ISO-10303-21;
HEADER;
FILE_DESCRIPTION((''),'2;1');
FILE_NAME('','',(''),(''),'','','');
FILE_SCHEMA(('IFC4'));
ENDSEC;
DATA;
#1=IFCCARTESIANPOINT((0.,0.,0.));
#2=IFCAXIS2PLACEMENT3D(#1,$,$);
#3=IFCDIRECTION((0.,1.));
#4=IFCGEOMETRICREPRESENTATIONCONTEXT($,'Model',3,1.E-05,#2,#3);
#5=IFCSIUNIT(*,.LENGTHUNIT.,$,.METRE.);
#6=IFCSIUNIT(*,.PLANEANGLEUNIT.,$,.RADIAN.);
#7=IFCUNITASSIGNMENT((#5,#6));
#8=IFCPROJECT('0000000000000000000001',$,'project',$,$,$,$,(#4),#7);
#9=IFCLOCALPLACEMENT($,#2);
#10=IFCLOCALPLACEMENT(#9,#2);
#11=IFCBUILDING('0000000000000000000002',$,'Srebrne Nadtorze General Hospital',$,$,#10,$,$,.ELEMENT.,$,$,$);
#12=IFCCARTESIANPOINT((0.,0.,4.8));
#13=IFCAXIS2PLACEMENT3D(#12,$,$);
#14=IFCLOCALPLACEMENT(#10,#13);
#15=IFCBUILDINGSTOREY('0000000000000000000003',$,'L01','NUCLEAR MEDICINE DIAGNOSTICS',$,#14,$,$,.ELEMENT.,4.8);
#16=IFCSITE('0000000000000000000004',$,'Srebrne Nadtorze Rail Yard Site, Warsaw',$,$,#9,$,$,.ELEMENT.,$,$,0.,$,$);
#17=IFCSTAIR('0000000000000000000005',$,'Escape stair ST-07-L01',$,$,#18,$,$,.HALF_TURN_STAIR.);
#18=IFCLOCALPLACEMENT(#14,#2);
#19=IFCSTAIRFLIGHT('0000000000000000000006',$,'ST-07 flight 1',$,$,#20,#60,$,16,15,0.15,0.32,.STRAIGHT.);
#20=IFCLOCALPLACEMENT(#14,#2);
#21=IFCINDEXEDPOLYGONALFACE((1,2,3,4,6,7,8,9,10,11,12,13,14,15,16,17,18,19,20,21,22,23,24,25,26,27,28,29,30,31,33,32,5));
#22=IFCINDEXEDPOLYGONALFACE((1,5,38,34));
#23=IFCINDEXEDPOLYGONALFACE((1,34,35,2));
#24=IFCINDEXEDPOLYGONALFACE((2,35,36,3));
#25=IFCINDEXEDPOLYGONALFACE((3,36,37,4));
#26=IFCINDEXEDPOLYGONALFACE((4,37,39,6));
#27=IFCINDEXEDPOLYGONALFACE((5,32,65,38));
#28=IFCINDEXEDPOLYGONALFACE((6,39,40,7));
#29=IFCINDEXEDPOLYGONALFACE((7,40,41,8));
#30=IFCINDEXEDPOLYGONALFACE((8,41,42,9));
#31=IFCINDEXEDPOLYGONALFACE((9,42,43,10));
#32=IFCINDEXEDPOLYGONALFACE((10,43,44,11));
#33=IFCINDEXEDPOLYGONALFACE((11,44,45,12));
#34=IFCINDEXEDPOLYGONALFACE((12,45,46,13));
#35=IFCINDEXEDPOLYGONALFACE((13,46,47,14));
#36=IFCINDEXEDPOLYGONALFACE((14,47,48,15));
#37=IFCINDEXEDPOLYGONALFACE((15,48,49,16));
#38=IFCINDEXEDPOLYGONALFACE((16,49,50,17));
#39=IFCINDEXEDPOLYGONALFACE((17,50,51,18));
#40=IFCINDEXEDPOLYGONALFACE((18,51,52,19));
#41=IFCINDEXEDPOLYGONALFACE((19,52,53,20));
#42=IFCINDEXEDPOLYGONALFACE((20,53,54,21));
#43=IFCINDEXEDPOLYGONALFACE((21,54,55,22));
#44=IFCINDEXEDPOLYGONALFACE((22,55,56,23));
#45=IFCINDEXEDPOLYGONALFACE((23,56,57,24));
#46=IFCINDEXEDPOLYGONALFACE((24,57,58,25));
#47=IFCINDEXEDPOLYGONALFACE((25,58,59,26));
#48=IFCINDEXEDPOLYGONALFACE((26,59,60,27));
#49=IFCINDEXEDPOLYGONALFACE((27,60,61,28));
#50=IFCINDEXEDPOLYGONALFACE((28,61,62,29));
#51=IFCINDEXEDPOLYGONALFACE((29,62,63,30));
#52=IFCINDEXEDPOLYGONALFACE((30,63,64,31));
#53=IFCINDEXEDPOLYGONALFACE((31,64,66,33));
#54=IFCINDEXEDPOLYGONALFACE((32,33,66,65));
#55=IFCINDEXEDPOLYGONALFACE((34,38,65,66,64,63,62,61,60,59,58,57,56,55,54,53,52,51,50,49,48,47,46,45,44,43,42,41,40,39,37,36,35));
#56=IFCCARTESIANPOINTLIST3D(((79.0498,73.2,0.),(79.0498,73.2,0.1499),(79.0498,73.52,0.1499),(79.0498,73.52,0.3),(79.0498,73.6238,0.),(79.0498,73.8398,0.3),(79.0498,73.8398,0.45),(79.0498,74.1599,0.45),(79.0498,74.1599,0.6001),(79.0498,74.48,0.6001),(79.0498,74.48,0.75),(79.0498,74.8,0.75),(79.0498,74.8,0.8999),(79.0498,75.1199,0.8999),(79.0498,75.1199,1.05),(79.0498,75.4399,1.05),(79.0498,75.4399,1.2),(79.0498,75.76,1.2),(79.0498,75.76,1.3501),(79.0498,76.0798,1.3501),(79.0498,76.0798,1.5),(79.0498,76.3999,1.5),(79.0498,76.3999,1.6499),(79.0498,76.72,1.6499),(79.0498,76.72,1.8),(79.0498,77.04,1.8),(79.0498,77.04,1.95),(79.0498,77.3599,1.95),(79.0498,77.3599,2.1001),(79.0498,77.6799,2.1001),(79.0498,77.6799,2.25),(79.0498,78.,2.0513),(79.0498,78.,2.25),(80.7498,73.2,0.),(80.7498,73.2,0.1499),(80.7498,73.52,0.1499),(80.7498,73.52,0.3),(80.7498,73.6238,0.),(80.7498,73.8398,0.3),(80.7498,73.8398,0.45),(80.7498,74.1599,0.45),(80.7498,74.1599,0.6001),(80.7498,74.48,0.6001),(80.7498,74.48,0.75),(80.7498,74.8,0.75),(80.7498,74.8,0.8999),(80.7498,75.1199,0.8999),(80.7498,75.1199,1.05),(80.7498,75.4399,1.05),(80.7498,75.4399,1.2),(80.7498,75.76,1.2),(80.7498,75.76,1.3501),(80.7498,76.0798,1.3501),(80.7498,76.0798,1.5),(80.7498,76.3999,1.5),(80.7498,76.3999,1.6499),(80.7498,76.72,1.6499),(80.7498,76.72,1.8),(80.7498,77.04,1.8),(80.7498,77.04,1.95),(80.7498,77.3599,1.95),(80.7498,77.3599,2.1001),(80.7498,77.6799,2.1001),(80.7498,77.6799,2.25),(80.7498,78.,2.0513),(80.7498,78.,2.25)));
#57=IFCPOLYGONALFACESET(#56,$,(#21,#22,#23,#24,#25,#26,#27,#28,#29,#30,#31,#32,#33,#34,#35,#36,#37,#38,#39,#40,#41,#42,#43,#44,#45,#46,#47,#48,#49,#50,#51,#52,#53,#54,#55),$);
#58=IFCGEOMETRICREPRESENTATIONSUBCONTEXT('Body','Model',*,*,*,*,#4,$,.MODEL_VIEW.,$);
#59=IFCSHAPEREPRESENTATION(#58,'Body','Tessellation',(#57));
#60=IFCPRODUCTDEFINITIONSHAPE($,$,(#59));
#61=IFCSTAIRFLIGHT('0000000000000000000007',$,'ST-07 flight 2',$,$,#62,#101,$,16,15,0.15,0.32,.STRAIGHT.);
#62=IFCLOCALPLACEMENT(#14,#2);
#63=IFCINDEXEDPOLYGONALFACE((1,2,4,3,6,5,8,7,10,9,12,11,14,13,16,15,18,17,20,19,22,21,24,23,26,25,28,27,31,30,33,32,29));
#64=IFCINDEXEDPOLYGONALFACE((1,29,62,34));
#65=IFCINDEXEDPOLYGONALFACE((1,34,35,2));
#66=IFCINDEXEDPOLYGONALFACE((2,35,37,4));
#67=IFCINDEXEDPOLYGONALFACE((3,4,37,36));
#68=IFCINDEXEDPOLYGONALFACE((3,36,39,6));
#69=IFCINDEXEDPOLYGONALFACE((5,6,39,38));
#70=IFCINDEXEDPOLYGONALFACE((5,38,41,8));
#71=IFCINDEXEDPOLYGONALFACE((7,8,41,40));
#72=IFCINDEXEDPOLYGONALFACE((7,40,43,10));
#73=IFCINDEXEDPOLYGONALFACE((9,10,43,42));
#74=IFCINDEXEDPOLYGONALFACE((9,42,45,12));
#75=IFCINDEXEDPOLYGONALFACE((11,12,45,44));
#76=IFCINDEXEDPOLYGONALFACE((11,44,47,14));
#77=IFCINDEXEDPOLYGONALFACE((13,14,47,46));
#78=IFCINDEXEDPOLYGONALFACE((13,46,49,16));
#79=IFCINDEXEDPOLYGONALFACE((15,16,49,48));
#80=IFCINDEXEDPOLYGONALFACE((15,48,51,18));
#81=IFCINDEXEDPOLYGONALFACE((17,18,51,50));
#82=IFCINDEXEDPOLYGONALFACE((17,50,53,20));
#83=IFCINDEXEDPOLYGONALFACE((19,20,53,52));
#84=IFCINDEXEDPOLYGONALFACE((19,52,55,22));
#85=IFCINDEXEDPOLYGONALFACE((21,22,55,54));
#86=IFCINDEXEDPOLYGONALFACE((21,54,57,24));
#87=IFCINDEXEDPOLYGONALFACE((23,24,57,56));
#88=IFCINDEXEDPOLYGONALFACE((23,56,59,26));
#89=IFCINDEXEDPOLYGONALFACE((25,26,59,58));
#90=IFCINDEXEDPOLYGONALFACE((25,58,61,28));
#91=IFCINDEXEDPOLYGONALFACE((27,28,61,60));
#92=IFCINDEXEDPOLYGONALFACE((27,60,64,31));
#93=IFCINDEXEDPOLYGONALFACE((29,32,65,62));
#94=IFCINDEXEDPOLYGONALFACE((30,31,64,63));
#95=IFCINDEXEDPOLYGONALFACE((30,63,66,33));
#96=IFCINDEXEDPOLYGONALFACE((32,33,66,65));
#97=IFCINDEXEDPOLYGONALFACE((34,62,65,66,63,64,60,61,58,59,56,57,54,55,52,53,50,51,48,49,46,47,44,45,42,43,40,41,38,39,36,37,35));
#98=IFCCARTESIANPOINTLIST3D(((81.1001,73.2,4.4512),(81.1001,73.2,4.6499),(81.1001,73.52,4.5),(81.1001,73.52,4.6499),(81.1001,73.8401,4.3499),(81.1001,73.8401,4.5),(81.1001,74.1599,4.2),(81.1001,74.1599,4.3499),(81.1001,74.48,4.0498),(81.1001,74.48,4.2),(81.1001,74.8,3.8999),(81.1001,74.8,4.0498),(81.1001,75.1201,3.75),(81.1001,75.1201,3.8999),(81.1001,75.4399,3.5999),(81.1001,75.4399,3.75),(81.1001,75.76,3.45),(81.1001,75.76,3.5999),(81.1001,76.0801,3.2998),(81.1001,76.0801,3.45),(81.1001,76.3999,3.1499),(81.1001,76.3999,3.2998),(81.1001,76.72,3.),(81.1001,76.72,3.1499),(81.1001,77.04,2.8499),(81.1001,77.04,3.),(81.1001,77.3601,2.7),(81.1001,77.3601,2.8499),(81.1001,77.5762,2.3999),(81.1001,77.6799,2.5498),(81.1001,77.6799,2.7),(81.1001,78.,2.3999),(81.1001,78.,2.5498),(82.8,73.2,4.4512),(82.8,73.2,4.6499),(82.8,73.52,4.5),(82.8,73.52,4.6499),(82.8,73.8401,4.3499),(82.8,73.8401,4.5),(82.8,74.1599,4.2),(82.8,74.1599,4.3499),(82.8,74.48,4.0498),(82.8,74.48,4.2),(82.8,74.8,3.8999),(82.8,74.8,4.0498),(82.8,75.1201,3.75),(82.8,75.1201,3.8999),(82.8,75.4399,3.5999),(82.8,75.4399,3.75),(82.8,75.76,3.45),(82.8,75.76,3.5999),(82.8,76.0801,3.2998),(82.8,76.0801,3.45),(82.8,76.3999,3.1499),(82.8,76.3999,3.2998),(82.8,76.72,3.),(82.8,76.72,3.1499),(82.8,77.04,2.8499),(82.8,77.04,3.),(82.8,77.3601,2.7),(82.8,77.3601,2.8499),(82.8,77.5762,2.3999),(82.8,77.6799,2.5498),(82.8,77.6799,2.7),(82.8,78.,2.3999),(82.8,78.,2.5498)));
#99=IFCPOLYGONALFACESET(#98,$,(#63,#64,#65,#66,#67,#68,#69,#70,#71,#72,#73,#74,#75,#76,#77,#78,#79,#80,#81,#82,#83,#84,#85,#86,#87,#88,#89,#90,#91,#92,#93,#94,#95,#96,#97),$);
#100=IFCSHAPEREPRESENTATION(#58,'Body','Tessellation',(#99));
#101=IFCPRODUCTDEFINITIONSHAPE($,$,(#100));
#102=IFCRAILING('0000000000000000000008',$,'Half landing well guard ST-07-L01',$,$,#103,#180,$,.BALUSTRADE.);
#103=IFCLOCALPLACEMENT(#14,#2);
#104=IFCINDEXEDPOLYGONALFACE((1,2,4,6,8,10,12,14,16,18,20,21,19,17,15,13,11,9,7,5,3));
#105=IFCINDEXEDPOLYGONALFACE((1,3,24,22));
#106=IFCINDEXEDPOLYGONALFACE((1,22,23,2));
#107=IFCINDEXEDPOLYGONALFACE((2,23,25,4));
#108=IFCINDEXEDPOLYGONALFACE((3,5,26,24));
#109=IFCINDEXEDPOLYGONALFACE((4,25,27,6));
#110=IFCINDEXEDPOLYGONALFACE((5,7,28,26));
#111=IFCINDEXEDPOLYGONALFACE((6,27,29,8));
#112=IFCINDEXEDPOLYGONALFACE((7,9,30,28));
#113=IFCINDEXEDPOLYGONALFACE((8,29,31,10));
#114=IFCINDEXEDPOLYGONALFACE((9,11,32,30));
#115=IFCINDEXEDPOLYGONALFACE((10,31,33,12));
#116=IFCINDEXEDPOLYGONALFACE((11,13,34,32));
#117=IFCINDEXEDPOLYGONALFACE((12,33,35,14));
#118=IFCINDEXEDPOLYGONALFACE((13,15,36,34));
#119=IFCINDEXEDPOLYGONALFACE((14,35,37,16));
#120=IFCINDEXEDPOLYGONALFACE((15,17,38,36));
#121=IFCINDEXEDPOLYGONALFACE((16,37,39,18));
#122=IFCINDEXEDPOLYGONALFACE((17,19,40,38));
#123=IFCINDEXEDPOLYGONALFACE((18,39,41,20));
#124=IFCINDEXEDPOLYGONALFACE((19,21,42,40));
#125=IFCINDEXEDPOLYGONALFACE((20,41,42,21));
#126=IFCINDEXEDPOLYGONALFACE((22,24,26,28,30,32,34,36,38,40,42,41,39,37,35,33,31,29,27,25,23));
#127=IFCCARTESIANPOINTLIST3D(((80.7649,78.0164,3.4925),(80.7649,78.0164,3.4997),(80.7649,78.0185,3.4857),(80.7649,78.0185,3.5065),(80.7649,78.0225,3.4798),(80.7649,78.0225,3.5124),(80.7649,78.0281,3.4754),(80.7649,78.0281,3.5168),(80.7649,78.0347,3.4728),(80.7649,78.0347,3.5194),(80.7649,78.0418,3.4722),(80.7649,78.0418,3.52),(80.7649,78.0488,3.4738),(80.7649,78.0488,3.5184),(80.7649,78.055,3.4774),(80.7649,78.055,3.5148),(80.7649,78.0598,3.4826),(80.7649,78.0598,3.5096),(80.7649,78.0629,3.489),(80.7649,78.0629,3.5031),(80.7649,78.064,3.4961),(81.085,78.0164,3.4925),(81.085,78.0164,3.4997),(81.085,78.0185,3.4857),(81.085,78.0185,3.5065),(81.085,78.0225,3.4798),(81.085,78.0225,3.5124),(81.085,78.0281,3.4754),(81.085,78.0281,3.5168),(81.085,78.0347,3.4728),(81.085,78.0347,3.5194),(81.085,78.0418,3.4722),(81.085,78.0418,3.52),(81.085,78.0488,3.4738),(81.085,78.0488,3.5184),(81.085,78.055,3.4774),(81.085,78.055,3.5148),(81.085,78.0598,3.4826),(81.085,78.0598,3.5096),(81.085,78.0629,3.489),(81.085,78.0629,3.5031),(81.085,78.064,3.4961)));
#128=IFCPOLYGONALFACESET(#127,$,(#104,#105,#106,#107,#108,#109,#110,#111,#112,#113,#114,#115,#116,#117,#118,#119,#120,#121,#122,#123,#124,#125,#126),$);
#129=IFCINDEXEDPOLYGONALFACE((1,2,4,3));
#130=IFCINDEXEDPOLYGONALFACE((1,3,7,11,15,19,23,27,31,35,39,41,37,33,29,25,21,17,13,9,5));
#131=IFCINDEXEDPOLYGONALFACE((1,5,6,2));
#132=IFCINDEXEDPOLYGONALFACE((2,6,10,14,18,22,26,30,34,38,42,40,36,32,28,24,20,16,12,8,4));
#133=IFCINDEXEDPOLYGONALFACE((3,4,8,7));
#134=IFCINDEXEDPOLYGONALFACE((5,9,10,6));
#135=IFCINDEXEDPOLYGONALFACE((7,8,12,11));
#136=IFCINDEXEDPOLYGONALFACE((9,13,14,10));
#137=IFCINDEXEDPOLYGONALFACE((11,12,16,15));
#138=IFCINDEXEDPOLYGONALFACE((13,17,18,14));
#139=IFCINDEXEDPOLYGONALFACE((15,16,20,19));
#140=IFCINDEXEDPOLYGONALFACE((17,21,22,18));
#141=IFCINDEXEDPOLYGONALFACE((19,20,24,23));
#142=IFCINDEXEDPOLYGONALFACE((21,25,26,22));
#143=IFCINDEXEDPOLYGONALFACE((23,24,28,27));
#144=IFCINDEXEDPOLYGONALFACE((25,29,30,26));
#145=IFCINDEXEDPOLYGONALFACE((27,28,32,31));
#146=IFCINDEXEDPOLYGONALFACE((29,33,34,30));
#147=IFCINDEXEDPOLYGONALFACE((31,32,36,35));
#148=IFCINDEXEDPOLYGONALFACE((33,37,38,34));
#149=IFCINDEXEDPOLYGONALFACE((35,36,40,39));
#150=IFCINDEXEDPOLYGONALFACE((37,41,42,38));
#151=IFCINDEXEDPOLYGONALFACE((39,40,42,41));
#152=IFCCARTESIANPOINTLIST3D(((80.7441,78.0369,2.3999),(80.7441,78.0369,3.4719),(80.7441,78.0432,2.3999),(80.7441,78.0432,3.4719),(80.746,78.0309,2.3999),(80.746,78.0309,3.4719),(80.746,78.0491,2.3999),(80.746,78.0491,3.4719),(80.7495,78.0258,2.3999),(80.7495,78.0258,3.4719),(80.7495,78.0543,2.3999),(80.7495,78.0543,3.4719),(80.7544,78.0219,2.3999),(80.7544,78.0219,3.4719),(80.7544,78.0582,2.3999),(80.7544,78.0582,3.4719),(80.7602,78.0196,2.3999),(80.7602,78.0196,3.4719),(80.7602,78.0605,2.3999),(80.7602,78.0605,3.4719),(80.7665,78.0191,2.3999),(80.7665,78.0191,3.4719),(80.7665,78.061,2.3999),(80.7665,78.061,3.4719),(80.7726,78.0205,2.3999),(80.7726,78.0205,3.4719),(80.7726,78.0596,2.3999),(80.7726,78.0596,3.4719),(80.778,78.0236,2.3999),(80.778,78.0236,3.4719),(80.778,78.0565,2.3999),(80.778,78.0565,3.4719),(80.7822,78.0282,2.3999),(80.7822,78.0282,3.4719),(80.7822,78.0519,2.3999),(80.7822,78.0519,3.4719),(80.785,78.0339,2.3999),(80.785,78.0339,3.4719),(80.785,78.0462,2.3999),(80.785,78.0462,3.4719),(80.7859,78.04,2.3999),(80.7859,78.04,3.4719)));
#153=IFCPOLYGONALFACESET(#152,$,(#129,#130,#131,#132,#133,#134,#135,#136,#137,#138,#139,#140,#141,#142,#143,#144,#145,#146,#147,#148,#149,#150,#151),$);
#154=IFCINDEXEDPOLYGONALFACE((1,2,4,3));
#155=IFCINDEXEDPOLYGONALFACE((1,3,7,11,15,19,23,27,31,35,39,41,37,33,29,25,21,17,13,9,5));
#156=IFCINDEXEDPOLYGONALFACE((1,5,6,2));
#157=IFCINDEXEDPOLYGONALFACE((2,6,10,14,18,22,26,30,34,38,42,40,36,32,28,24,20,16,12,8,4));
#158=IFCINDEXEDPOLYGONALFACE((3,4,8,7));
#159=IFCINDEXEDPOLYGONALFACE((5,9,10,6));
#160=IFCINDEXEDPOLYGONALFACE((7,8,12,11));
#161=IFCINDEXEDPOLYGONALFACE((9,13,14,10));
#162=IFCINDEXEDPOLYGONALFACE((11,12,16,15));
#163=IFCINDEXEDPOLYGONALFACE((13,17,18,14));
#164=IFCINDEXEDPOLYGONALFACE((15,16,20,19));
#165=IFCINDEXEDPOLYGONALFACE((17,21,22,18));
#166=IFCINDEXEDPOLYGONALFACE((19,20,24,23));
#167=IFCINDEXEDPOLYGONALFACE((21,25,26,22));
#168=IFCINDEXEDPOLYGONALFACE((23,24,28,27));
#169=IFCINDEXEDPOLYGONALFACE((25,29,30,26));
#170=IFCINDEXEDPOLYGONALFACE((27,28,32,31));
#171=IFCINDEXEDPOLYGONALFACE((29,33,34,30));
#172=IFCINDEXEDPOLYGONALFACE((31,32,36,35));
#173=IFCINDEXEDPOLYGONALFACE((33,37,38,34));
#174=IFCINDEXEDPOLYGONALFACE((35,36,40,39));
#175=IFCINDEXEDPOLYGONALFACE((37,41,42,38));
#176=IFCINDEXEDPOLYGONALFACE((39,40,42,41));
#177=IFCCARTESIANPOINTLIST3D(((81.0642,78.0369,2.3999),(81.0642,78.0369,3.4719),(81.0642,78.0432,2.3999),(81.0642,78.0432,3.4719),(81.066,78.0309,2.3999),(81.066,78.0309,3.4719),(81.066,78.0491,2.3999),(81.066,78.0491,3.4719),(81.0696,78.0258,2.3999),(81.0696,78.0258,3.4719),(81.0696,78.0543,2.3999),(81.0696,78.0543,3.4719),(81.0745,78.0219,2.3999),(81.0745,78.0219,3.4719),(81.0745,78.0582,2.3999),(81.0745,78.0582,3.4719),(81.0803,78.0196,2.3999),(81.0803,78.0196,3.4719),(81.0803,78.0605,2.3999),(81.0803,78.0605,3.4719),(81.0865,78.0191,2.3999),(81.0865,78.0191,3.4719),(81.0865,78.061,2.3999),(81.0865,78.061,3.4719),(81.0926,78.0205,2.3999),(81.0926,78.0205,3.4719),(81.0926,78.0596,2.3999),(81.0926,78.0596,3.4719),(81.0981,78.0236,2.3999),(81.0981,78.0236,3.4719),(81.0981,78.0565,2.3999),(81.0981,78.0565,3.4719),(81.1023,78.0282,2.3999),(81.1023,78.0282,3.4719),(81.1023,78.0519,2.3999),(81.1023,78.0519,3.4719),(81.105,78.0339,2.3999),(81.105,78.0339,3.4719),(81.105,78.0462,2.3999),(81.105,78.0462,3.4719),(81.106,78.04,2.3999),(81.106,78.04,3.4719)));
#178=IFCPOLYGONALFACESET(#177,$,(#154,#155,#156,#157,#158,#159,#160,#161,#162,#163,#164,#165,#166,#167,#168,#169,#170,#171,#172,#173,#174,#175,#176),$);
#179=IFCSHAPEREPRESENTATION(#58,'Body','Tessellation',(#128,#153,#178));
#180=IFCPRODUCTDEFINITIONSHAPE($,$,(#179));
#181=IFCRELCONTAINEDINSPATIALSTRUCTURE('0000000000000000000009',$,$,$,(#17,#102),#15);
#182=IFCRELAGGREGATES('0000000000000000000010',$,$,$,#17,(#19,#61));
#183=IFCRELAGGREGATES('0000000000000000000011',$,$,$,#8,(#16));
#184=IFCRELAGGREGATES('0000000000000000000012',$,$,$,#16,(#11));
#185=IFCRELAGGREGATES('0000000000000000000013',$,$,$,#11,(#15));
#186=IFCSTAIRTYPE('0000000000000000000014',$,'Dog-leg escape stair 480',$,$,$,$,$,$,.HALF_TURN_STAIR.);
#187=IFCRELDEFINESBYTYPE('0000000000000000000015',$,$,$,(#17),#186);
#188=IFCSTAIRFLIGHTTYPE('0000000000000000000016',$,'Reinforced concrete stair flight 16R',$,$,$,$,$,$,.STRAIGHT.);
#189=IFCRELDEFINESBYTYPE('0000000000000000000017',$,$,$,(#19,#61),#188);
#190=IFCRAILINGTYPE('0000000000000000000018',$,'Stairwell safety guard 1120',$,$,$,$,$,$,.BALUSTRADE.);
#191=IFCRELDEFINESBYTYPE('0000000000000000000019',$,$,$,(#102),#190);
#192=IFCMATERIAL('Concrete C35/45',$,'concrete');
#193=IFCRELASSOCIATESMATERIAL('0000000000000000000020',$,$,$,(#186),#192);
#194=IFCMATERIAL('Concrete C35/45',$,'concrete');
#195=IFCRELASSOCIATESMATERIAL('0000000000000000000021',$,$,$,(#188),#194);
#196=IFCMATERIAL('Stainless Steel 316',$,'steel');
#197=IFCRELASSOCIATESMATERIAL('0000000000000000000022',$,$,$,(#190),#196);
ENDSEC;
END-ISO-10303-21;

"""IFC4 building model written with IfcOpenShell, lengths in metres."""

from ifc_helpers import new_model, si_unit, direction, frame, origin, origin_2d, place, context, subcontext, project, spatial, polyline, circle, outline, extrude, material, type_object, element, aggregate, save


model = new_model("IFC4")

# Units and contexts
model_context = context("Model", 3, precision=1e-05, world=origin(), true_north=direction((0.0, 1.0)))
body_context = subcontext(model_context, "Body", "Model", "MODEL_VIEW")
ifc_project = project(units=[si_unit("LENGTHUNIT", "METRE"), si_unit("PLANEANGLEUNIT", "RADIAN")], contexts=[model_context])

# Site, building, storey
site_placement = place(None, origin())
site = spatial("IfcSite", under=ifc_project, at=site_placement, Name="Srebrne Nadtorze Rail Yard Site, Warsaw", CompositionType="ELEMENT", RefElevation=0.0)
building_placement = place(site_placement, origin())
building = spatial("IfcBuilding", under=site, at=building_placement, Name="Srebrne Nadtorze General Hospital", CompositionType="ELEMENT")
storey_placement = place(building_placement, frame((0.0, 0.0, 4.8)))
storey = spatial("IfcBuildingStorey", under=building, at=storey_placement, Name="L01", Description="NUCLEAR MEDICINE DIAGNOSTICS", CompositionType="ELEMENT", Elevation=4.8)

# Stair, stair flights
ifc_material_1 = material(Name="Concrete C35/45", Category="concrete")
stair_type = type_object("IfcStairType", Name="Dog-leg escape stair 480", PredefinedType="HALF_TURN_STAIR", material=ifc_material_1)
stair_placement = place(storey_placement, origin())
stair = element("IfcStair", 1, at=stair_placement, inside=storey, type_object=stair_type, Name="Escape stair ST-07-L01", PredefinedType="HALF_TURN_STAIR")
ifc_material_2 = material(Name="Concrete C35/45", Category="concrete")
stair_flight_type = type_object("IfcStairFlightType", Name="Reinforced concrete stair flight 16R", PredefinedType="STRAIGHT", material=ifc_material_2)
stair_flight_1_placement = place(storey_placement, frame((79.8999, 73.2, 0.0), z_axis=(0.0, 0.0, 1.0), x_axis=(0.0, 1.0, 0.0)))
stair_flight_1 = element("IfcStairFlight", 2, at=stair_flight_1_placement, type_object=stair_flight_type, Name="ST-07 flight 1", NumberOfRisers=16, NumberOfTreads=15, PredefinedType="STRAIGHT", RiserHeight=0.15, TreadLength=0.32, context=body_context, shape_type="SweptSolid", body=[
    extrude(outline(polyline([(0.0, 0.0), (0.0, 0.1499), (0.3201, 0.1499), (0.3201, 0.3), (0.6399, 0.3), (0.6399, 0.45), (0.96, 0.45), (0.96, 0.6001), (1.28, 0.6001), (1.28, 0.75), (1.6001, 0.75), (1.6001, 0.8999), (1.9199, 0.8999), (1.9199, 1.05), (2.24, 1.05), (2.24, 1.2), (2.5601, 1.2), (2.5601, 1.3501), (2.8799, 1.3501), (2.8799, 1.5), (3.2, 1.5), (3.2, 1.6499), (3.52, 1.6499), (3.52, 1.8), (3.8401, 1.8), (3.8401, 1.95), (4.1599, 1.95), (4.1599, 2.1001), (4.48, 2.1001), (4.48, 2.25), (4.8, 2.25), (4.8, 2.3999), (4.8, 2.0513), (0.4238, 0.0), (0.0, 0.0)])), frame((0.0, 0.8501, 0.0), z_axis=(0.0, -1.0, 0.0), x_axis=(1.0, 0.0, 0.0)), (0.0, 0.0, 1.0), 1.7),
])
stair_flight_2_placement = place(storey_placement, frame((81.95, 78.0, 2.3999), z_axis=(0.0, 0.0, 1.0), x_axis=(0.0, -1.0, 0.0)))
stair_flight_2 = element("IfcStairFlight", 3, at=stair_flight_2_placement, type_object=stair_flight_type, Name="ST-07 flight 2", NumberOfRisers=16, NumberOfTreads=15, PredefinedType="STRAIGHT", RiserHeight=0.15, TreadLength=0.32, context=body_context, shape_type="SweptSolid", body=[
    extrude(outline(polyline([(0.0, 0.0), (0.0, 0.1499), (0.3201, 0.1499), (0.3201, 0.3), (0.6399, 0.3), (0.6399, 0.45), (0.96, 0.45), (0.96, 0.6001), (1.28, 0.6001), (1.28, 0.75), (1.6001, 0.75), (1.6001, 0.8999), (1.9199, 0.8999), (1.9199, 1.05), (2.24, 1.05), (2.24, 1.2), (2.5601, 1.2), (2.5601, 1.3501), (2.8799, 1.3501), (2.8799, 1.5), (3.2, 1.5), (3.2, 1.6499), (3.52, 1.6499), (3.52, 1.8), (3.8401, 1.8), (3.8401, 1.95), (4.1599, 1.95), (4.1599, 2.1001), (4.48, 2.1001), (4.48, 2.25), (4.8, 2.25), (4.8, 2.3999), (4.8, 2.0513), (0.4238, 0.0), (0.0, 0.0)])), frame((0.0, 0.8501, 0.0), z_axis=(0.0, -1.0, 0.0), x_axis=(1.0, 0.0, 0.0)), (0.0, 0.0, 1.0), 1.7),
])
aggregate(stair, [stair_flight_1, stair_flight_2])

# Railing
ifc_material_3 = material(Name="Stainless Steel 316", Category="steel")
railing_type_1 = type_object("IfcRailingType", Name="Stairwell safety guard 1120", PredefinedType="BALUSTRADE", material=ifc_material_3)
railing_1_placement = place(storey_placement, frame((80.7649, 78.04, 2.3999)))
element("IfcRailing", 4, at=railing_1_placement, inside=storey, type_object=railing_type_1, Name="Half landing well guard ST-07-L01", PredefinedType="BALUSTRADE", context=body_context, shape_type="SweptSolid", body=[
    extrude(circle(Radius=0.0239, at=origin_2d()), frame((0.0, 0.0, 1.0962), z_axis=(1.0, 0.0, 0.0), x_axis=(0.0, 1.0, 0.0)), (0.0, 0.0, 1.0), 0.3201),
    extrude(circle(Radius=0.021, at=origin_2d()), origin(), (0.0, 0.0, 1.0), 1.072),
    extrude(circle(Radius=0.021, at=origin_2d()), frame((0.3201, 0.0, 0.0)), (0.0, 0.0, 1.0), 1.072),
])

save(model, "model.ifc")
